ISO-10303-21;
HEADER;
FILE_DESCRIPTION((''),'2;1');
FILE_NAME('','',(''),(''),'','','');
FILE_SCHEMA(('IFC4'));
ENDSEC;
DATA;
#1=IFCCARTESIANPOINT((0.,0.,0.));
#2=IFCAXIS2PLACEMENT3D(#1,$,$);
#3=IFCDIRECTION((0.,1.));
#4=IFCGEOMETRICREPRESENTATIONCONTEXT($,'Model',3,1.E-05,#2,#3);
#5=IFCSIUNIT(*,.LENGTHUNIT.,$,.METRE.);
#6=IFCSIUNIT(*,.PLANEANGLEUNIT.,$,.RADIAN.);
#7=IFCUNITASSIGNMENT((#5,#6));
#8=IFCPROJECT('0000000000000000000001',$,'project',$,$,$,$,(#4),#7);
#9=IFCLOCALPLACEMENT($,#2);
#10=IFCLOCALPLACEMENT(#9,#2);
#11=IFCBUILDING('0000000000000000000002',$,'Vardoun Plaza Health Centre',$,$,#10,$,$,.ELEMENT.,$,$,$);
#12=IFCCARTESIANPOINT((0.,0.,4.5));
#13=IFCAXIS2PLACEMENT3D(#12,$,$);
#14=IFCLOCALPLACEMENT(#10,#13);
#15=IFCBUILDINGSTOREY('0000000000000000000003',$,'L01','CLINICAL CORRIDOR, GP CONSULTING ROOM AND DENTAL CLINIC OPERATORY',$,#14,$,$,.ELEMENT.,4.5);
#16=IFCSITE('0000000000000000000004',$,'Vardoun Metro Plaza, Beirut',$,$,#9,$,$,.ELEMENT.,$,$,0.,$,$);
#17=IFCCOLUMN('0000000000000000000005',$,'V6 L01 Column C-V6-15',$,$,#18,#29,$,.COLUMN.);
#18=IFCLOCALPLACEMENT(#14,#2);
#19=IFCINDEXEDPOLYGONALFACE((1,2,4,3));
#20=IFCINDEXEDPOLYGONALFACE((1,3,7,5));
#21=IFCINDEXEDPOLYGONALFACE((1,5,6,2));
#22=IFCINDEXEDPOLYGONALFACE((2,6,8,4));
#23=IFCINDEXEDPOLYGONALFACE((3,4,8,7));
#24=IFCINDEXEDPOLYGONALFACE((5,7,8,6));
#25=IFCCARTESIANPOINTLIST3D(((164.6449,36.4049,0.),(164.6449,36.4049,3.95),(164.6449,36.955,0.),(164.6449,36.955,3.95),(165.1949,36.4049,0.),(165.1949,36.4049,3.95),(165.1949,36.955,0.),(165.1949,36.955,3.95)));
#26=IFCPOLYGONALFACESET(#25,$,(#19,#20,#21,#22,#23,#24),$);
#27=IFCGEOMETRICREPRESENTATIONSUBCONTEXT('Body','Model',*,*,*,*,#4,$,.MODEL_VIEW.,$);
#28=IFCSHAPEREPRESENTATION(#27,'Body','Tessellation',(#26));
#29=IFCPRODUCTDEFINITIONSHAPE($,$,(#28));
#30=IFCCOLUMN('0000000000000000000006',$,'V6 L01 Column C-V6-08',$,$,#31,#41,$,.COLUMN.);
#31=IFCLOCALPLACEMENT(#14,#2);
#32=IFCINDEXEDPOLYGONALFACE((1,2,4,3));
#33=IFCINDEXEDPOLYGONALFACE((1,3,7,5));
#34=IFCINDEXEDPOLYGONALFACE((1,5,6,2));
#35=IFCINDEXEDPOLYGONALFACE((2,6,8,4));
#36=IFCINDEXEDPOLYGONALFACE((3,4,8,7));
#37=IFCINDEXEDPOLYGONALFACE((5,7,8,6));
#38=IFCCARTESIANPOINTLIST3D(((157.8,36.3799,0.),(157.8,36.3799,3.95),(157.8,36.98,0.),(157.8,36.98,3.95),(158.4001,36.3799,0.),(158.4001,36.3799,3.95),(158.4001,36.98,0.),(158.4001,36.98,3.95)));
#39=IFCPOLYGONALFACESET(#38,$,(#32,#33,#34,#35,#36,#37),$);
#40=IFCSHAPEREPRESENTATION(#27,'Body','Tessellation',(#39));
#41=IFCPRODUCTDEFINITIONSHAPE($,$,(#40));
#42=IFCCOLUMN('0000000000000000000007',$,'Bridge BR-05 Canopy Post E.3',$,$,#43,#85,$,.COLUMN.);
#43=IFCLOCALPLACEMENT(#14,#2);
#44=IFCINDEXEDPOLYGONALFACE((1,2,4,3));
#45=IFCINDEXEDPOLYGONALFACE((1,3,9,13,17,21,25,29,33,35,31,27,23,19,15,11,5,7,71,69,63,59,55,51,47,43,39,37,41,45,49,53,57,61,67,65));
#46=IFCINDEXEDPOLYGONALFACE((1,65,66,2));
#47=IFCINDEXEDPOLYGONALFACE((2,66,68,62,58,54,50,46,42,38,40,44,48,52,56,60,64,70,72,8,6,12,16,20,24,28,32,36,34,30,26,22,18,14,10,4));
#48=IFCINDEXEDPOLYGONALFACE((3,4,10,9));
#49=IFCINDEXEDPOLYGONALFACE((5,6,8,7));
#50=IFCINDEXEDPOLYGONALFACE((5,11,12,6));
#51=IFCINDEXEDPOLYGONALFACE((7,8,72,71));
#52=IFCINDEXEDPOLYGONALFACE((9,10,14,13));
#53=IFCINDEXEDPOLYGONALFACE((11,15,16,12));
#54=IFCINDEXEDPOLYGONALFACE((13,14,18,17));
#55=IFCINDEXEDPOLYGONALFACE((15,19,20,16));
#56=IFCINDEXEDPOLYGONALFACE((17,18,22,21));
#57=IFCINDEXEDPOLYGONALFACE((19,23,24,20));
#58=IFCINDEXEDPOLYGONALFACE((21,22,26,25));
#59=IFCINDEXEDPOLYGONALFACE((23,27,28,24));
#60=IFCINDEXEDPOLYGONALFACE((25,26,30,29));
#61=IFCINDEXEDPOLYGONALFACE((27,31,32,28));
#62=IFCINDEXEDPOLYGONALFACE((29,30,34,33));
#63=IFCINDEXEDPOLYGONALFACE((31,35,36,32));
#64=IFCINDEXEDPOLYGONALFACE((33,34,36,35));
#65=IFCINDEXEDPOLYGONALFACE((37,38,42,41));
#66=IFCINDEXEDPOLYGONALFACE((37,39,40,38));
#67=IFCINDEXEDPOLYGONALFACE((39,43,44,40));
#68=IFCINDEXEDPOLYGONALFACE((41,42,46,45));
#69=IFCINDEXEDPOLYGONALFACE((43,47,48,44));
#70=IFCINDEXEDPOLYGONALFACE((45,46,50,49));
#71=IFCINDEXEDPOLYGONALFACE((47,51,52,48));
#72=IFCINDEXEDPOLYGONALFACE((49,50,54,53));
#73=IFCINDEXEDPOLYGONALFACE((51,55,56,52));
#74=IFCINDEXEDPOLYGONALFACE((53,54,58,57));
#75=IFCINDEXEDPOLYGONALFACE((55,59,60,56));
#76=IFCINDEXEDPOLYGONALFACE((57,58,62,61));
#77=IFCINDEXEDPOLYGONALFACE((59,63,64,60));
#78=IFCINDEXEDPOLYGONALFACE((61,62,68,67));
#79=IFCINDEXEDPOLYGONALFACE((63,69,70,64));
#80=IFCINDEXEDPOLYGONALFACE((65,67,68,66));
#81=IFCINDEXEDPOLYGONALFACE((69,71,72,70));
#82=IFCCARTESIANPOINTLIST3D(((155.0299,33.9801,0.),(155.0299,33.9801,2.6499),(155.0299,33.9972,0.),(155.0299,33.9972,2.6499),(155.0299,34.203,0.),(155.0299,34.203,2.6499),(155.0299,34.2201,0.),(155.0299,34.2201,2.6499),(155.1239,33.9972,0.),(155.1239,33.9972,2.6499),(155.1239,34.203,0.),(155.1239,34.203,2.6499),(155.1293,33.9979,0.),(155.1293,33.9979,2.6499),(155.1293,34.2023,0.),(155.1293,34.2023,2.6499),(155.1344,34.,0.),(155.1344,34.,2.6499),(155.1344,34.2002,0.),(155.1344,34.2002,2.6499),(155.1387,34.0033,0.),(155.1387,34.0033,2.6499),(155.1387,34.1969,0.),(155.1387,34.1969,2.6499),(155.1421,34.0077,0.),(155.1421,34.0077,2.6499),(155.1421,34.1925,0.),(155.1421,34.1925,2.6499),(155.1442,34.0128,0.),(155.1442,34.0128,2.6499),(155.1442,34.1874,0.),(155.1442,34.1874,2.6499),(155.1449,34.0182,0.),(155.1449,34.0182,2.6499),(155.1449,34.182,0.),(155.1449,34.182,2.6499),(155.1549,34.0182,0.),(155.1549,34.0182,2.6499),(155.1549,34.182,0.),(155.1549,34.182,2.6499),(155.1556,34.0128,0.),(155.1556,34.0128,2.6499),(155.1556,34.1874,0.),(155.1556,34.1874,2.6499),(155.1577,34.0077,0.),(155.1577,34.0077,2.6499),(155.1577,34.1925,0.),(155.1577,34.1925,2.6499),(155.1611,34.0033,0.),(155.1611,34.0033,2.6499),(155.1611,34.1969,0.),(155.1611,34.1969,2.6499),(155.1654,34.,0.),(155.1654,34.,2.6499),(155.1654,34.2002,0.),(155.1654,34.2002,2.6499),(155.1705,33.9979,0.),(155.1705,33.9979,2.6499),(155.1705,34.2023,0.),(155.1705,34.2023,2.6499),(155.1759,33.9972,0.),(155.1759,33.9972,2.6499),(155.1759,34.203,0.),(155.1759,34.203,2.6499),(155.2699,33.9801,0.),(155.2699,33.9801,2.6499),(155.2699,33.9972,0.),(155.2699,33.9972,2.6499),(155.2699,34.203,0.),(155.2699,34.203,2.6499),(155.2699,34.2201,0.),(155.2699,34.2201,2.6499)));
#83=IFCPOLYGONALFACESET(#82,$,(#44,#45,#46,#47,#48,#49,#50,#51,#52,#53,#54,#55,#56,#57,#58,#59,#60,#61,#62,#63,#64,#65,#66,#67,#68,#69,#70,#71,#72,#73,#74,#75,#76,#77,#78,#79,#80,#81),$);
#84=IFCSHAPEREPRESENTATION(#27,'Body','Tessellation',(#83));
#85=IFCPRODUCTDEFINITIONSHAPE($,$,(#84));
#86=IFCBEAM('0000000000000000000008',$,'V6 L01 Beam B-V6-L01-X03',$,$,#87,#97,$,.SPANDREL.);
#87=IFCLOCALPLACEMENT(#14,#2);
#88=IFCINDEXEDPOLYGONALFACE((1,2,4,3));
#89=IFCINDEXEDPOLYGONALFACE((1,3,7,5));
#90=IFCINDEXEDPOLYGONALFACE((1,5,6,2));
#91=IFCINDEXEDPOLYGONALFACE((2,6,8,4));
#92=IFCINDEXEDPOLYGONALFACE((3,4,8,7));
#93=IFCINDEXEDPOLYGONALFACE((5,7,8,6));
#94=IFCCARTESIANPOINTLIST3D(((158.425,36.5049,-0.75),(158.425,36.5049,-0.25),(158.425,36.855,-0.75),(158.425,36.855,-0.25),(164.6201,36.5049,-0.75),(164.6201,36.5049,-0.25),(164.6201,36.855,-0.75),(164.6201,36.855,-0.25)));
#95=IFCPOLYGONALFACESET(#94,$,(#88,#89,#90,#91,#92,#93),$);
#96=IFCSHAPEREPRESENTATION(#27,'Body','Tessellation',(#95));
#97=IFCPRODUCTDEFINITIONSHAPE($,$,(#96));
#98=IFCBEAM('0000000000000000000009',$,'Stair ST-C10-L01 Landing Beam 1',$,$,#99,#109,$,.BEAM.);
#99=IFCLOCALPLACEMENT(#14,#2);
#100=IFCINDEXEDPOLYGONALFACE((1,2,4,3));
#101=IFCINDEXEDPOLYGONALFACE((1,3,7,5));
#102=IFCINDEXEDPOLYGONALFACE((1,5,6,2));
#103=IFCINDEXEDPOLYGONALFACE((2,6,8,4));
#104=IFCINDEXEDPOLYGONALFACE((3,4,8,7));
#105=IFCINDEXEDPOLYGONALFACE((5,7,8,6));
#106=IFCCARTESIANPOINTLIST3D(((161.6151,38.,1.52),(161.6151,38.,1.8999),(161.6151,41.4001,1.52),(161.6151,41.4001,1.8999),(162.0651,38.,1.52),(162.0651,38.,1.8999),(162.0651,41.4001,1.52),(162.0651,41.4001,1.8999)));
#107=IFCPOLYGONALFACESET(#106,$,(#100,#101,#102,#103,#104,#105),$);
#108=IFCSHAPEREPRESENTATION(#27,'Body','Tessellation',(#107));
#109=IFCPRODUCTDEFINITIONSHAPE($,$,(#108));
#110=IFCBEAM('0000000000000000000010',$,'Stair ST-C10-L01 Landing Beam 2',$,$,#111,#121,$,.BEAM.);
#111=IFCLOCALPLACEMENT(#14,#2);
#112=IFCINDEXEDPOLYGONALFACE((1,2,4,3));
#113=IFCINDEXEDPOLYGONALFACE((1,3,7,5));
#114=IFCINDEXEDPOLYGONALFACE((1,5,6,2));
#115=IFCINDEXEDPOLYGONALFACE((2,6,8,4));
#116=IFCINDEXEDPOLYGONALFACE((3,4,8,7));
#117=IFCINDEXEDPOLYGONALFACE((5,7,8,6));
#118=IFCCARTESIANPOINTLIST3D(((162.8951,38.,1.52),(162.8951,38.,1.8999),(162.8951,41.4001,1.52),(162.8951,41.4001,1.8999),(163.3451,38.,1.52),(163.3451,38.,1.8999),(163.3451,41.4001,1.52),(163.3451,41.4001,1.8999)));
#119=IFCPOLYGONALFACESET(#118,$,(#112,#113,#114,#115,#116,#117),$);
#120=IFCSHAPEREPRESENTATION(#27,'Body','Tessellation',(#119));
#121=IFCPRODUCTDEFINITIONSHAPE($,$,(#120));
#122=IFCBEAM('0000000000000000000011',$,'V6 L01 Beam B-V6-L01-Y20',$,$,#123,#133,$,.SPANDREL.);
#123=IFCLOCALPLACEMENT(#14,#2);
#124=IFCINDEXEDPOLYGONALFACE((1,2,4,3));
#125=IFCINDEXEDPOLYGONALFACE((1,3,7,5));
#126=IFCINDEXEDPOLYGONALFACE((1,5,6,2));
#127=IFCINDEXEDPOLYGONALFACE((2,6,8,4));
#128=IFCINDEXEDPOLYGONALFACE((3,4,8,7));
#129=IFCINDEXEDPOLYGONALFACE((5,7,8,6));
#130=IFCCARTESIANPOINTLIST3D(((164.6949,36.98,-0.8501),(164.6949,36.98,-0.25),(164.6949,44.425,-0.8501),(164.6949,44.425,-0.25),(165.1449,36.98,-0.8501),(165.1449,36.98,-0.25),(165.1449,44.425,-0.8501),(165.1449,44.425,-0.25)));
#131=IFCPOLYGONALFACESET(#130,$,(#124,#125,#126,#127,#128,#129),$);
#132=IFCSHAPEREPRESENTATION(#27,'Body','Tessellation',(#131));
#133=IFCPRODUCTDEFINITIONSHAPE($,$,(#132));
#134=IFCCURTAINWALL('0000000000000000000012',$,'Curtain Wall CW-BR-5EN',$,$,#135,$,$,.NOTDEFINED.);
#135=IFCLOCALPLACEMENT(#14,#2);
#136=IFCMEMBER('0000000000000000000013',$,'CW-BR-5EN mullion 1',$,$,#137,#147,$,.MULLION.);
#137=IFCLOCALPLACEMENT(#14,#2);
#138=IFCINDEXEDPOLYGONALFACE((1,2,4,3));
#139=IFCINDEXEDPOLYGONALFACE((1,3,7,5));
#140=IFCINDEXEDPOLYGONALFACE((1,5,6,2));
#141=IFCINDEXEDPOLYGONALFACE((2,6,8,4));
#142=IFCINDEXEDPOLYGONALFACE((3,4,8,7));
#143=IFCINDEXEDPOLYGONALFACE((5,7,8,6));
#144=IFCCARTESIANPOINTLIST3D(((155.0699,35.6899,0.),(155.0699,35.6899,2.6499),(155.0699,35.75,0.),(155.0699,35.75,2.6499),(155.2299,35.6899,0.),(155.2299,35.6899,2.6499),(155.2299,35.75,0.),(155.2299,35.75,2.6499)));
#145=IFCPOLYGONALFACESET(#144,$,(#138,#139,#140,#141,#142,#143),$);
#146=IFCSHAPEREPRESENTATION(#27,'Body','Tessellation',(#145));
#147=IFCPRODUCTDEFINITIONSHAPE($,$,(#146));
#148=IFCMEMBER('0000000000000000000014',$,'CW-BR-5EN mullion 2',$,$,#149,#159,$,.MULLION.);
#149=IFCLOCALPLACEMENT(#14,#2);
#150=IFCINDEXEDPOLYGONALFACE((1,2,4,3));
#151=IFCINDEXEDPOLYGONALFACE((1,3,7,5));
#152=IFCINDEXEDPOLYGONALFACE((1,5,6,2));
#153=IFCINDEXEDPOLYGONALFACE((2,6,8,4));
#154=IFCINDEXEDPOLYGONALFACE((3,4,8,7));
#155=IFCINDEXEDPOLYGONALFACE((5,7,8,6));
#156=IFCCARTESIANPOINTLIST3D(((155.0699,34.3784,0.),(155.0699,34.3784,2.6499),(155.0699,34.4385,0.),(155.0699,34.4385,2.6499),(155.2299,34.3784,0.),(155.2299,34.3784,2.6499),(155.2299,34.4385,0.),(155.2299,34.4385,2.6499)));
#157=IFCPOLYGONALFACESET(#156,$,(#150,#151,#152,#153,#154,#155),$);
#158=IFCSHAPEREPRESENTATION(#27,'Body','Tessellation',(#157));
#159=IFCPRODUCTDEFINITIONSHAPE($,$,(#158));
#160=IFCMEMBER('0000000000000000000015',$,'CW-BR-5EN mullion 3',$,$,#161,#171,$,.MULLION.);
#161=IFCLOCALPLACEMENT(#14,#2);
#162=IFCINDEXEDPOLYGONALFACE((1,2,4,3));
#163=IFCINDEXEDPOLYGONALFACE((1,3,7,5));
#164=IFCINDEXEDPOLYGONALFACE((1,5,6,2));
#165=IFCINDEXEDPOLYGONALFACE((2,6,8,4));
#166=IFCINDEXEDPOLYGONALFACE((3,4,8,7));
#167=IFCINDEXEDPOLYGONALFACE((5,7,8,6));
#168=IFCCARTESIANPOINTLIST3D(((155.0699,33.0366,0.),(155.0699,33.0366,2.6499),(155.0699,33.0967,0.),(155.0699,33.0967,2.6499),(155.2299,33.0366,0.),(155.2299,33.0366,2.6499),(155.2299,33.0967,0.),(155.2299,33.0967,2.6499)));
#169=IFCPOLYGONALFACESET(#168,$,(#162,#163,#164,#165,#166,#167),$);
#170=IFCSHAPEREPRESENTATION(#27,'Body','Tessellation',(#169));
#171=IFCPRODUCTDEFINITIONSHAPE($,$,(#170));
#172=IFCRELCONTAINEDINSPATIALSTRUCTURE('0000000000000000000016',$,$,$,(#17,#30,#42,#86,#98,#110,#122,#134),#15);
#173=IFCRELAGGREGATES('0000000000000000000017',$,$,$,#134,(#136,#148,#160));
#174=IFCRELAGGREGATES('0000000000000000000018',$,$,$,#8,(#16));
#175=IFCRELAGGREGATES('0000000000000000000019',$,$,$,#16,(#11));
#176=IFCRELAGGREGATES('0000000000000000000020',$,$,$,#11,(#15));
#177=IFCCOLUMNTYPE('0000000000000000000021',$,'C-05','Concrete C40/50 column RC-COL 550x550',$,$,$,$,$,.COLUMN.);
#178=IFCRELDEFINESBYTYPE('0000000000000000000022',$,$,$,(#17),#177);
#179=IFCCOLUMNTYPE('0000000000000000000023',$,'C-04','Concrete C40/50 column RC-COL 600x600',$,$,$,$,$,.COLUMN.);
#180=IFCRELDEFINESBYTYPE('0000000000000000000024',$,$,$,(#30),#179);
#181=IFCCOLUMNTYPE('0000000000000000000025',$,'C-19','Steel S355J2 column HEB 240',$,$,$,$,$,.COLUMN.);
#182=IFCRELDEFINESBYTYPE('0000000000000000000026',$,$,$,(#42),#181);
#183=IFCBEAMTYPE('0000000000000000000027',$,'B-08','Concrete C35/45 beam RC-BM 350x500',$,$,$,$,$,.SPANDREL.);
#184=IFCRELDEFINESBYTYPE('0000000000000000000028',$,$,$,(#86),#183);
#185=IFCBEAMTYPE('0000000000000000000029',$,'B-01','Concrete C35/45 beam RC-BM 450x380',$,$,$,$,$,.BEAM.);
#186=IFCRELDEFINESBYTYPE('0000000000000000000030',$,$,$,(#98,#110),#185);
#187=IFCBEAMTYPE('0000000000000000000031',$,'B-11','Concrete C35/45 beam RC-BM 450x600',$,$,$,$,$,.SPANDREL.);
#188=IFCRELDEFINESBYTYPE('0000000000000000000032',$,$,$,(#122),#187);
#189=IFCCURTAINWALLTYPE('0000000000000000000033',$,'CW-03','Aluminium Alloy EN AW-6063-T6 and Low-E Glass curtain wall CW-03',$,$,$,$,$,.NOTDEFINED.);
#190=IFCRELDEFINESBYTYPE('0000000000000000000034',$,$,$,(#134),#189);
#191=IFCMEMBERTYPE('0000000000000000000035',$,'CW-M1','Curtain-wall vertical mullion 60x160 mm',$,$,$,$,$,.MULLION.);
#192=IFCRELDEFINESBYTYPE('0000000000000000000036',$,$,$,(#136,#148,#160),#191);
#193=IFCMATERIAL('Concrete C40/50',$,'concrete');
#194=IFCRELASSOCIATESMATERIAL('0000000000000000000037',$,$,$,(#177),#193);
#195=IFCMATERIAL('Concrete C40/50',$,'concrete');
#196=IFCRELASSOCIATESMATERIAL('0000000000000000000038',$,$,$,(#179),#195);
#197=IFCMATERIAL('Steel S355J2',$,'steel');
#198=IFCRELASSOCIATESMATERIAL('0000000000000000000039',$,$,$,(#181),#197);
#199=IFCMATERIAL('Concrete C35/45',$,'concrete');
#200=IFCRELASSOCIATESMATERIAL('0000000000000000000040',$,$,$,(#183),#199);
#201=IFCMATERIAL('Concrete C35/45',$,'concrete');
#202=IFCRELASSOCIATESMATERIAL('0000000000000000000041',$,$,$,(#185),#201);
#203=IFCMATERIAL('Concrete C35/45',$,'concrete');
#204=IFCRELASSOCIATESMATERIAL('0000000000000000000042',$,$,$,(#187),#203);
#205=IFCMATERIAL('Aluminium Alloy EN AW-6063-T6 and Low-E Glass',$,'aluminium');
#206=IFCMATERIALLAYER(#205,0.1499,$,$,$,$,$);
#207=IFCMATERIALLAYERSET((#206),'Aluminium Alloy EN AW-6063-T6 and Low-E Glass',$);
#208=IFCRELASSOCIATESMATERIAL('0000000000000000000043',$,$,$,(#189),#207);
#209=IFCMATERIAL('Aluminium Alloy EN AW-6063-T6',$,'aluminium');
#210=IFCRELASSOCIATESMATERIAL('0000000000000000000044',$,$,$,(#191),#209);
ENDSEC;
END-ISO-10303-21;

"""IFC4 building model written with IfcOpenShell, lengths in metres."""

from ifc_helpers import new_model, si_unit, direction, frame, origin, origin_2d, place, context, subcontext, project, spatial, rectangle, i_section, extrude, material, layer, layer_set, material_profile, profile_set, type_object, element, aggregate, save


model = new_model("IFC4")

# Units and contexts
model_context = context("Model", 3, precision=1e-05, world=origin(), true_north=direction((0.0, 1.0)))
body_context = subcontext(model_context, "Body", "Model", "MODEL_VIEW")
ifc_project = project(units=[si_unit("LENGTHUNIT", "METRE"), si_unit("PLANEANGLEUNIT", "RADIAN")], contexts=[model_context])

# Site, building, storey
site_placement = place(None, origin())
site = spatial("IfcSite", under=ifc_project, at=site_placement, Name="Vardoun Metro Plaza, Beirut", CompositionType="ELEMENT", RefElevation=0.0)
building_placement = place(site_placement, origin())
building = spatial("IfcBuilding", under=site, at=building_placement, Name="Vardoun Plaza Health Centre", CompositionType="ELEMENT")
storey_placement = place(building_placement, frame((0.0, 0.0, 4.5)))
storey = spatial("IfcBuildingStorey", under=building, at=storey_placement, Name="L01", Description="CLINICAL CORRIDOR, GP CONSULTING ROOM AND DENTAL CLINIC OPERATORY", CompositionType="ELEMENT", Elevation=4.5)

# Columns
ifc_material_1 = material(Name="Concrete C40/50", Category="concrete")
ifc_material_profile_1 = material_profile(ifc_material_1, rectangle(XDim=0.55, YDim=0.55, at=origin_2d()), Name="RC-COL 550x550")
ifc_profile_set_1 = profile_set([ifc_material_profile_1], Name="Concrete C40/50")
column_type_1 = type_object("IfcColumnType", Name="C-05", Description="Concrete C40/50 column RC-COL 550x550", PredefinedType="COLUMN", material=ifc_profile_set_1)
column_1_placement = place(storey_placement, frame((164.9199, 36.6799, 0.0), z_axis=(0.0, 0.0, 1.0), x_axis=(1.0, 0.0, 0.0)))
element("IfcColumn", 1, at=column_1_placement, inside=storey, type_object=column_type_1, Name="V6 L01 Column C-V6-15", PredefinedType="COLUMN", context=body_context, shape_type="SweptSolid", body=[
    extrude(rectangle(XDim=0.55, YDim=0.55, at=origin_2d()), origin(), (0.0, 0.0, 1.0), 3.95),
])
ifc_material_2 = material(Name="Concrete C40/50", Category="concrete")
ifc_material_profile_2 = material_profile(ifc_material_2, rectangle(XDim=0.6001, YDim=0.6001, at=origin_2d()), Name="RC-COL 600x600")
ifc_profile_set_2 = profile_set([ifc_material_profile_2], Name="Concrete C40/50")
column_type_2 = type_object("IfcColumnType", Name="C-04", Description="Concrete C40/50 column RC-COL 600x600", PredefinedType="COLUMN", material=ifc_profile_set_2)
column_2_placement = place(storey_placement, frame((158.1001, 36.6799, 0.0), z_axis=(0.0, 0.0, 1.0), x_axis=(1.0, 0.0, 0.0)))
element("IfcColumn", 2, at=column_2_placement, inside=storey, type_object=column_type_2, Name="V6 L01 Column C-V6-08", PredefinedType="COLUMN", context=body_context, shape_type="SweptSolid", body=[
    extrude(rectangle(XDim=0.6001, YDim=0.6001, at=origin_2d()), origin(), (0.0, 0.0, 1.0), 3.95),
])
ifc_material_3 = material(Name="Steel S355J2", Category="steel")
ifc_material_profile_3 = material_profile(ifc_material_3, i_section(OverallWidth=0.24, OverallDepth=0.24, WebThickness=0.01, FlangeThickness=0.0171, FilletRadius=0.021, at=origin_2d()), Name="HEB 240")
ifc_profile_set_3 = profile_set([ifc_material_profile_3], Name="Steel S355J2")
column_type_3 = type_object("IfcColumnType", Name="C-19", Description="Steel S355J2 column HEB 240", PredefinedType="COLUMN", material=ifc_profile_set_3)
column_3_placement = place(storey_placement, frame((155.1499, 34.1001, 0.0), z_axis=(0.0, 0.0, 1.0), x_axis=(1.0, 0.0, 0.0)))
element("IfcColumn", 3, at=column_3_placement, inside=storey, type_object=column_type_3, Name="Bridge BR-05 Canopy Post E.3", PredefinedType="COLUMN", context=body_context, shape_type="SweptSolid", body=[
    extrude(i_section(OverallWidth=0.24, OverallDepth=0.24, WebThickness=0.01, FlangeThickness=0.0171, FilletRadius=0.021, at=origin_2d()), origin(), (0.0, 0.0, 1.0), 2.6499),
])

# Beams
ifc_material_4 = material(Name="Concrete C35/45", Category="concrete")
ifc_material_profile_4 = material_profile(ifc_material_4, rectangle(XDim=0.3501, YDim=0.5, at=origin_2d()), Name="RC-BM 350x500")
ifc_profile_set_4 = profile_set([ifc_material_profile_4], Name="Concrete C35/45")
beam_type_1 = type_object("IfcBeamType", Name="B-08", Description="Concrete C35/45 beam RC-BM 350x500", PredefinedType="SPANDREL", material=ifc_profile_set_4)
beam_1_placement = place(storey_placement, frame((158.425, 36.6799, -0.5), z_axis=(1.0, 0.0, 0.0), x_axis=(0.0, 1.0, 0.0)))
element("IfcBeam", 4, at=beam_1_placement, inside=storey, type_object=beam_type_1, Name="V6 L01 Beam B-V6-L01-X03", PredefinedType="SPANDREL", context=body_context, shape_type="SweptSolid", body=[
    extrude(rectangle(XDim=0.3501, YDim=0.5, at=origin_2d()), origin(), (0.0, 0.0, 1.0), 6.1951),
])
ifc_material_5 = material(Name="Concrete C35/45", Category="concrete")
ifc_material_profile_5 = material_profile(ifc_material_5, rectangle(XDim=0.45, YDim=0.3799, at=origin_2d()), Name="RC-BM 450x380")
ifc_profile_set_5 = profile_set([ifc_material_profile_5], Name="Concrete C35/45")
beam_type_2 = type_object("IfcBeamType", Name="B-01", Description="Concrete C35/45 beam RC-BM 450x380", PredefinedType="BEAM", material=ifc_profile_set_5)
for number, where, z_axis, x_axis, name in (
    (5, (161.8401, 38.0, 1.71), (0.0, 1.0, 0.0), (-1.0, 0.0, 0.0), "Stair ST-C10-L01 Landing Beam 1"),
    (6, (163.1201, 38.0, 1.71), (0.0, 1.0, 0.0), (-1.0, 0.0, 0.0), "Stair ST-C10-L01 Landing Beam 2"),
):
    element("IfcBeam", number, at=place(storey_placement, frame(where, z_axis=z_axis, x_axis=x_axis)), inside=storey, type_object=beam_type_2, Name=name, PredefinedType="BEAM", context=body_context, shape_type="SweptSolid", body=[
        extrude(rectangle(XDim=0.45, YDim=0.3799, at=origin_2d()), origin(), (0.0, 0.0, 1.0), 3.4001),
    ])
ifc_material_6 = material(Name="Concrete C35/45", Category="concrete")
ifc_material_profile_6 = material_profile(ifc_material_6, rectangle(XDim=0.45, YDim=0.6001, at=origin_2d()), Name="RC-BM 450x600")
ifc_profile_set_6 = profile_set([ifc_material_profile_6], Name="Concrete C35/45")
beam_type_3 = type_object("IfcBeamType", Name="B-11", Description="Concrete C35/45 beam RC-BM 450x600", PredefinedType="SPANDREL", material=ifc_profile_set_6)
beam_2_placement = place(storey_placement, frame((164.9199, 36.98, -0.55), z_axis=(0.0, 1.0, 0.0), x_axis=(-1.0, 0.0, 0.0)))
element("IfcBeam", 7, at=beam_2_placement, inside=storey, type_object=beam_type_3, Name="V6 L01 Beam B-V6-L01-Y20", PredefinedType="SPANDREL", context=body_context, shape_type="SweptSolid", body=[
    extrude(rectangle(XDim=0.45, YDim=0.6001, at=origin_2d()), origin(), (0.0, 0.0, 1.0), 7.4451),
])

# Curtain wall, members
ifc_material_7 = material(Name="Aluminium Alloy EN AW-6063-T6 and Low-E Glass", Category="aluminium")
ifc_layer_1 = layer(ifc_material_7, 0.1499)
ifc_layer_set_1 = layer_set([ifc_layer_1], Name="Aluminium Alloy EN AW-6063-T6 and Low-E Glass")
curtain_wall_type = type_object("IfcCurtainWallType", Name="CW-03", Description="Aluminium Alloy EN AW-6063-T6 and Low-E Glass curtain wall CW-03", PredefinedType="NOTDEFINED", material=ifc_layer_set_1)
curtain_wall_placement = place(storey_placement, origin())
curtain_wall = element("IfcCurtainWall", 8, at=curtain_wall_placement, inside=storey, type_object=curtain_wall_type, Name="Curtain Wall CW-BR-5EN", PredefinedType="NOTDEFINED")
ifc_material_8 = material(Name="Aluminium Alloy EN AW-6063-T6", Category="aluminium")
ifc_material_profile_7 = material_profile(ifc_material_8, rectangle(XDim=0.1599, YDim=0.0601, at=origin_2d()), Name="CWM 60x160")
ifc_profile_set_7 = profile_set([ifc_material_profile_7], Name="Aluminium Alloy EN AW-6063-T6")
member_type_1 = type_object("IfcMemberType", Name="CW-M1", Description="Curtain-wall vertical mullion 60x160 mm", PredefinedType="MULLION", material=ifc_profile_set_7)
member_1_placement = place(storey_placement, frame((155.1499, 35.72, 0.0), z_axis=(0.0, 0.0, 1.0), x_axis=(1.0, 0.0, 0.0)))
member_1 = element("IfcMember", 9, at=member_1_placement, type_object=member_type_1, Name="CW-BR-5EN mullion 1", PredefinedType="MULLION", context=body_context, shape_type="SweptSolid", body=[
    extrude(rectangle(XDim=0.1599, YDim=0.0601, at=origin_2d()), origin(), (0.0, 0.0, 1.0), 2.6499),
])
member_2_placement = place(storey_placement, frame((155.1499, 34.4084, 0.0), z_axis=(0.0, 0.0, 1.0), x_axis=(1.0, 0.0, 0.0)))
member_2 = element("IfcMember", 10, at=member_2_placement, type_object=member_type_1, Name="CW-BR-5EN mullion 2", PredefinedType="MULLION", context=body_context, shape_type="SweptSolid", body=[
    extrude(rectangle(XDim=0.1599, YDim=0.0601, at=origin_2d()), origin(), (0.0, 0.0, 1.0), 2.6499),
])
member_3_placement = place(storey_placement, frame((155.1499, 33.0667, 0.0), z_axis=(0.0, 0.0, 1.0), x_axis=(1.0, 0.0, 0.0)))
member_3 = element("IfcMember", 11, at=member_3_placement, type_object=member_type_1, Name="CW-BR-5EN mullion 3", PredefinedType="MULLION", context=body_context, shape_type="SweptSolid", body=[
    extrude(rectangle(XDim=0.1599, YDim=0.0601, at=origin_2d()), origin(), (0.0, 0.0, 1.0), 2.6499),
])
aggregate(curtain_wall, [member_1, member_2, member_3])

save(model, "model.ifc")
